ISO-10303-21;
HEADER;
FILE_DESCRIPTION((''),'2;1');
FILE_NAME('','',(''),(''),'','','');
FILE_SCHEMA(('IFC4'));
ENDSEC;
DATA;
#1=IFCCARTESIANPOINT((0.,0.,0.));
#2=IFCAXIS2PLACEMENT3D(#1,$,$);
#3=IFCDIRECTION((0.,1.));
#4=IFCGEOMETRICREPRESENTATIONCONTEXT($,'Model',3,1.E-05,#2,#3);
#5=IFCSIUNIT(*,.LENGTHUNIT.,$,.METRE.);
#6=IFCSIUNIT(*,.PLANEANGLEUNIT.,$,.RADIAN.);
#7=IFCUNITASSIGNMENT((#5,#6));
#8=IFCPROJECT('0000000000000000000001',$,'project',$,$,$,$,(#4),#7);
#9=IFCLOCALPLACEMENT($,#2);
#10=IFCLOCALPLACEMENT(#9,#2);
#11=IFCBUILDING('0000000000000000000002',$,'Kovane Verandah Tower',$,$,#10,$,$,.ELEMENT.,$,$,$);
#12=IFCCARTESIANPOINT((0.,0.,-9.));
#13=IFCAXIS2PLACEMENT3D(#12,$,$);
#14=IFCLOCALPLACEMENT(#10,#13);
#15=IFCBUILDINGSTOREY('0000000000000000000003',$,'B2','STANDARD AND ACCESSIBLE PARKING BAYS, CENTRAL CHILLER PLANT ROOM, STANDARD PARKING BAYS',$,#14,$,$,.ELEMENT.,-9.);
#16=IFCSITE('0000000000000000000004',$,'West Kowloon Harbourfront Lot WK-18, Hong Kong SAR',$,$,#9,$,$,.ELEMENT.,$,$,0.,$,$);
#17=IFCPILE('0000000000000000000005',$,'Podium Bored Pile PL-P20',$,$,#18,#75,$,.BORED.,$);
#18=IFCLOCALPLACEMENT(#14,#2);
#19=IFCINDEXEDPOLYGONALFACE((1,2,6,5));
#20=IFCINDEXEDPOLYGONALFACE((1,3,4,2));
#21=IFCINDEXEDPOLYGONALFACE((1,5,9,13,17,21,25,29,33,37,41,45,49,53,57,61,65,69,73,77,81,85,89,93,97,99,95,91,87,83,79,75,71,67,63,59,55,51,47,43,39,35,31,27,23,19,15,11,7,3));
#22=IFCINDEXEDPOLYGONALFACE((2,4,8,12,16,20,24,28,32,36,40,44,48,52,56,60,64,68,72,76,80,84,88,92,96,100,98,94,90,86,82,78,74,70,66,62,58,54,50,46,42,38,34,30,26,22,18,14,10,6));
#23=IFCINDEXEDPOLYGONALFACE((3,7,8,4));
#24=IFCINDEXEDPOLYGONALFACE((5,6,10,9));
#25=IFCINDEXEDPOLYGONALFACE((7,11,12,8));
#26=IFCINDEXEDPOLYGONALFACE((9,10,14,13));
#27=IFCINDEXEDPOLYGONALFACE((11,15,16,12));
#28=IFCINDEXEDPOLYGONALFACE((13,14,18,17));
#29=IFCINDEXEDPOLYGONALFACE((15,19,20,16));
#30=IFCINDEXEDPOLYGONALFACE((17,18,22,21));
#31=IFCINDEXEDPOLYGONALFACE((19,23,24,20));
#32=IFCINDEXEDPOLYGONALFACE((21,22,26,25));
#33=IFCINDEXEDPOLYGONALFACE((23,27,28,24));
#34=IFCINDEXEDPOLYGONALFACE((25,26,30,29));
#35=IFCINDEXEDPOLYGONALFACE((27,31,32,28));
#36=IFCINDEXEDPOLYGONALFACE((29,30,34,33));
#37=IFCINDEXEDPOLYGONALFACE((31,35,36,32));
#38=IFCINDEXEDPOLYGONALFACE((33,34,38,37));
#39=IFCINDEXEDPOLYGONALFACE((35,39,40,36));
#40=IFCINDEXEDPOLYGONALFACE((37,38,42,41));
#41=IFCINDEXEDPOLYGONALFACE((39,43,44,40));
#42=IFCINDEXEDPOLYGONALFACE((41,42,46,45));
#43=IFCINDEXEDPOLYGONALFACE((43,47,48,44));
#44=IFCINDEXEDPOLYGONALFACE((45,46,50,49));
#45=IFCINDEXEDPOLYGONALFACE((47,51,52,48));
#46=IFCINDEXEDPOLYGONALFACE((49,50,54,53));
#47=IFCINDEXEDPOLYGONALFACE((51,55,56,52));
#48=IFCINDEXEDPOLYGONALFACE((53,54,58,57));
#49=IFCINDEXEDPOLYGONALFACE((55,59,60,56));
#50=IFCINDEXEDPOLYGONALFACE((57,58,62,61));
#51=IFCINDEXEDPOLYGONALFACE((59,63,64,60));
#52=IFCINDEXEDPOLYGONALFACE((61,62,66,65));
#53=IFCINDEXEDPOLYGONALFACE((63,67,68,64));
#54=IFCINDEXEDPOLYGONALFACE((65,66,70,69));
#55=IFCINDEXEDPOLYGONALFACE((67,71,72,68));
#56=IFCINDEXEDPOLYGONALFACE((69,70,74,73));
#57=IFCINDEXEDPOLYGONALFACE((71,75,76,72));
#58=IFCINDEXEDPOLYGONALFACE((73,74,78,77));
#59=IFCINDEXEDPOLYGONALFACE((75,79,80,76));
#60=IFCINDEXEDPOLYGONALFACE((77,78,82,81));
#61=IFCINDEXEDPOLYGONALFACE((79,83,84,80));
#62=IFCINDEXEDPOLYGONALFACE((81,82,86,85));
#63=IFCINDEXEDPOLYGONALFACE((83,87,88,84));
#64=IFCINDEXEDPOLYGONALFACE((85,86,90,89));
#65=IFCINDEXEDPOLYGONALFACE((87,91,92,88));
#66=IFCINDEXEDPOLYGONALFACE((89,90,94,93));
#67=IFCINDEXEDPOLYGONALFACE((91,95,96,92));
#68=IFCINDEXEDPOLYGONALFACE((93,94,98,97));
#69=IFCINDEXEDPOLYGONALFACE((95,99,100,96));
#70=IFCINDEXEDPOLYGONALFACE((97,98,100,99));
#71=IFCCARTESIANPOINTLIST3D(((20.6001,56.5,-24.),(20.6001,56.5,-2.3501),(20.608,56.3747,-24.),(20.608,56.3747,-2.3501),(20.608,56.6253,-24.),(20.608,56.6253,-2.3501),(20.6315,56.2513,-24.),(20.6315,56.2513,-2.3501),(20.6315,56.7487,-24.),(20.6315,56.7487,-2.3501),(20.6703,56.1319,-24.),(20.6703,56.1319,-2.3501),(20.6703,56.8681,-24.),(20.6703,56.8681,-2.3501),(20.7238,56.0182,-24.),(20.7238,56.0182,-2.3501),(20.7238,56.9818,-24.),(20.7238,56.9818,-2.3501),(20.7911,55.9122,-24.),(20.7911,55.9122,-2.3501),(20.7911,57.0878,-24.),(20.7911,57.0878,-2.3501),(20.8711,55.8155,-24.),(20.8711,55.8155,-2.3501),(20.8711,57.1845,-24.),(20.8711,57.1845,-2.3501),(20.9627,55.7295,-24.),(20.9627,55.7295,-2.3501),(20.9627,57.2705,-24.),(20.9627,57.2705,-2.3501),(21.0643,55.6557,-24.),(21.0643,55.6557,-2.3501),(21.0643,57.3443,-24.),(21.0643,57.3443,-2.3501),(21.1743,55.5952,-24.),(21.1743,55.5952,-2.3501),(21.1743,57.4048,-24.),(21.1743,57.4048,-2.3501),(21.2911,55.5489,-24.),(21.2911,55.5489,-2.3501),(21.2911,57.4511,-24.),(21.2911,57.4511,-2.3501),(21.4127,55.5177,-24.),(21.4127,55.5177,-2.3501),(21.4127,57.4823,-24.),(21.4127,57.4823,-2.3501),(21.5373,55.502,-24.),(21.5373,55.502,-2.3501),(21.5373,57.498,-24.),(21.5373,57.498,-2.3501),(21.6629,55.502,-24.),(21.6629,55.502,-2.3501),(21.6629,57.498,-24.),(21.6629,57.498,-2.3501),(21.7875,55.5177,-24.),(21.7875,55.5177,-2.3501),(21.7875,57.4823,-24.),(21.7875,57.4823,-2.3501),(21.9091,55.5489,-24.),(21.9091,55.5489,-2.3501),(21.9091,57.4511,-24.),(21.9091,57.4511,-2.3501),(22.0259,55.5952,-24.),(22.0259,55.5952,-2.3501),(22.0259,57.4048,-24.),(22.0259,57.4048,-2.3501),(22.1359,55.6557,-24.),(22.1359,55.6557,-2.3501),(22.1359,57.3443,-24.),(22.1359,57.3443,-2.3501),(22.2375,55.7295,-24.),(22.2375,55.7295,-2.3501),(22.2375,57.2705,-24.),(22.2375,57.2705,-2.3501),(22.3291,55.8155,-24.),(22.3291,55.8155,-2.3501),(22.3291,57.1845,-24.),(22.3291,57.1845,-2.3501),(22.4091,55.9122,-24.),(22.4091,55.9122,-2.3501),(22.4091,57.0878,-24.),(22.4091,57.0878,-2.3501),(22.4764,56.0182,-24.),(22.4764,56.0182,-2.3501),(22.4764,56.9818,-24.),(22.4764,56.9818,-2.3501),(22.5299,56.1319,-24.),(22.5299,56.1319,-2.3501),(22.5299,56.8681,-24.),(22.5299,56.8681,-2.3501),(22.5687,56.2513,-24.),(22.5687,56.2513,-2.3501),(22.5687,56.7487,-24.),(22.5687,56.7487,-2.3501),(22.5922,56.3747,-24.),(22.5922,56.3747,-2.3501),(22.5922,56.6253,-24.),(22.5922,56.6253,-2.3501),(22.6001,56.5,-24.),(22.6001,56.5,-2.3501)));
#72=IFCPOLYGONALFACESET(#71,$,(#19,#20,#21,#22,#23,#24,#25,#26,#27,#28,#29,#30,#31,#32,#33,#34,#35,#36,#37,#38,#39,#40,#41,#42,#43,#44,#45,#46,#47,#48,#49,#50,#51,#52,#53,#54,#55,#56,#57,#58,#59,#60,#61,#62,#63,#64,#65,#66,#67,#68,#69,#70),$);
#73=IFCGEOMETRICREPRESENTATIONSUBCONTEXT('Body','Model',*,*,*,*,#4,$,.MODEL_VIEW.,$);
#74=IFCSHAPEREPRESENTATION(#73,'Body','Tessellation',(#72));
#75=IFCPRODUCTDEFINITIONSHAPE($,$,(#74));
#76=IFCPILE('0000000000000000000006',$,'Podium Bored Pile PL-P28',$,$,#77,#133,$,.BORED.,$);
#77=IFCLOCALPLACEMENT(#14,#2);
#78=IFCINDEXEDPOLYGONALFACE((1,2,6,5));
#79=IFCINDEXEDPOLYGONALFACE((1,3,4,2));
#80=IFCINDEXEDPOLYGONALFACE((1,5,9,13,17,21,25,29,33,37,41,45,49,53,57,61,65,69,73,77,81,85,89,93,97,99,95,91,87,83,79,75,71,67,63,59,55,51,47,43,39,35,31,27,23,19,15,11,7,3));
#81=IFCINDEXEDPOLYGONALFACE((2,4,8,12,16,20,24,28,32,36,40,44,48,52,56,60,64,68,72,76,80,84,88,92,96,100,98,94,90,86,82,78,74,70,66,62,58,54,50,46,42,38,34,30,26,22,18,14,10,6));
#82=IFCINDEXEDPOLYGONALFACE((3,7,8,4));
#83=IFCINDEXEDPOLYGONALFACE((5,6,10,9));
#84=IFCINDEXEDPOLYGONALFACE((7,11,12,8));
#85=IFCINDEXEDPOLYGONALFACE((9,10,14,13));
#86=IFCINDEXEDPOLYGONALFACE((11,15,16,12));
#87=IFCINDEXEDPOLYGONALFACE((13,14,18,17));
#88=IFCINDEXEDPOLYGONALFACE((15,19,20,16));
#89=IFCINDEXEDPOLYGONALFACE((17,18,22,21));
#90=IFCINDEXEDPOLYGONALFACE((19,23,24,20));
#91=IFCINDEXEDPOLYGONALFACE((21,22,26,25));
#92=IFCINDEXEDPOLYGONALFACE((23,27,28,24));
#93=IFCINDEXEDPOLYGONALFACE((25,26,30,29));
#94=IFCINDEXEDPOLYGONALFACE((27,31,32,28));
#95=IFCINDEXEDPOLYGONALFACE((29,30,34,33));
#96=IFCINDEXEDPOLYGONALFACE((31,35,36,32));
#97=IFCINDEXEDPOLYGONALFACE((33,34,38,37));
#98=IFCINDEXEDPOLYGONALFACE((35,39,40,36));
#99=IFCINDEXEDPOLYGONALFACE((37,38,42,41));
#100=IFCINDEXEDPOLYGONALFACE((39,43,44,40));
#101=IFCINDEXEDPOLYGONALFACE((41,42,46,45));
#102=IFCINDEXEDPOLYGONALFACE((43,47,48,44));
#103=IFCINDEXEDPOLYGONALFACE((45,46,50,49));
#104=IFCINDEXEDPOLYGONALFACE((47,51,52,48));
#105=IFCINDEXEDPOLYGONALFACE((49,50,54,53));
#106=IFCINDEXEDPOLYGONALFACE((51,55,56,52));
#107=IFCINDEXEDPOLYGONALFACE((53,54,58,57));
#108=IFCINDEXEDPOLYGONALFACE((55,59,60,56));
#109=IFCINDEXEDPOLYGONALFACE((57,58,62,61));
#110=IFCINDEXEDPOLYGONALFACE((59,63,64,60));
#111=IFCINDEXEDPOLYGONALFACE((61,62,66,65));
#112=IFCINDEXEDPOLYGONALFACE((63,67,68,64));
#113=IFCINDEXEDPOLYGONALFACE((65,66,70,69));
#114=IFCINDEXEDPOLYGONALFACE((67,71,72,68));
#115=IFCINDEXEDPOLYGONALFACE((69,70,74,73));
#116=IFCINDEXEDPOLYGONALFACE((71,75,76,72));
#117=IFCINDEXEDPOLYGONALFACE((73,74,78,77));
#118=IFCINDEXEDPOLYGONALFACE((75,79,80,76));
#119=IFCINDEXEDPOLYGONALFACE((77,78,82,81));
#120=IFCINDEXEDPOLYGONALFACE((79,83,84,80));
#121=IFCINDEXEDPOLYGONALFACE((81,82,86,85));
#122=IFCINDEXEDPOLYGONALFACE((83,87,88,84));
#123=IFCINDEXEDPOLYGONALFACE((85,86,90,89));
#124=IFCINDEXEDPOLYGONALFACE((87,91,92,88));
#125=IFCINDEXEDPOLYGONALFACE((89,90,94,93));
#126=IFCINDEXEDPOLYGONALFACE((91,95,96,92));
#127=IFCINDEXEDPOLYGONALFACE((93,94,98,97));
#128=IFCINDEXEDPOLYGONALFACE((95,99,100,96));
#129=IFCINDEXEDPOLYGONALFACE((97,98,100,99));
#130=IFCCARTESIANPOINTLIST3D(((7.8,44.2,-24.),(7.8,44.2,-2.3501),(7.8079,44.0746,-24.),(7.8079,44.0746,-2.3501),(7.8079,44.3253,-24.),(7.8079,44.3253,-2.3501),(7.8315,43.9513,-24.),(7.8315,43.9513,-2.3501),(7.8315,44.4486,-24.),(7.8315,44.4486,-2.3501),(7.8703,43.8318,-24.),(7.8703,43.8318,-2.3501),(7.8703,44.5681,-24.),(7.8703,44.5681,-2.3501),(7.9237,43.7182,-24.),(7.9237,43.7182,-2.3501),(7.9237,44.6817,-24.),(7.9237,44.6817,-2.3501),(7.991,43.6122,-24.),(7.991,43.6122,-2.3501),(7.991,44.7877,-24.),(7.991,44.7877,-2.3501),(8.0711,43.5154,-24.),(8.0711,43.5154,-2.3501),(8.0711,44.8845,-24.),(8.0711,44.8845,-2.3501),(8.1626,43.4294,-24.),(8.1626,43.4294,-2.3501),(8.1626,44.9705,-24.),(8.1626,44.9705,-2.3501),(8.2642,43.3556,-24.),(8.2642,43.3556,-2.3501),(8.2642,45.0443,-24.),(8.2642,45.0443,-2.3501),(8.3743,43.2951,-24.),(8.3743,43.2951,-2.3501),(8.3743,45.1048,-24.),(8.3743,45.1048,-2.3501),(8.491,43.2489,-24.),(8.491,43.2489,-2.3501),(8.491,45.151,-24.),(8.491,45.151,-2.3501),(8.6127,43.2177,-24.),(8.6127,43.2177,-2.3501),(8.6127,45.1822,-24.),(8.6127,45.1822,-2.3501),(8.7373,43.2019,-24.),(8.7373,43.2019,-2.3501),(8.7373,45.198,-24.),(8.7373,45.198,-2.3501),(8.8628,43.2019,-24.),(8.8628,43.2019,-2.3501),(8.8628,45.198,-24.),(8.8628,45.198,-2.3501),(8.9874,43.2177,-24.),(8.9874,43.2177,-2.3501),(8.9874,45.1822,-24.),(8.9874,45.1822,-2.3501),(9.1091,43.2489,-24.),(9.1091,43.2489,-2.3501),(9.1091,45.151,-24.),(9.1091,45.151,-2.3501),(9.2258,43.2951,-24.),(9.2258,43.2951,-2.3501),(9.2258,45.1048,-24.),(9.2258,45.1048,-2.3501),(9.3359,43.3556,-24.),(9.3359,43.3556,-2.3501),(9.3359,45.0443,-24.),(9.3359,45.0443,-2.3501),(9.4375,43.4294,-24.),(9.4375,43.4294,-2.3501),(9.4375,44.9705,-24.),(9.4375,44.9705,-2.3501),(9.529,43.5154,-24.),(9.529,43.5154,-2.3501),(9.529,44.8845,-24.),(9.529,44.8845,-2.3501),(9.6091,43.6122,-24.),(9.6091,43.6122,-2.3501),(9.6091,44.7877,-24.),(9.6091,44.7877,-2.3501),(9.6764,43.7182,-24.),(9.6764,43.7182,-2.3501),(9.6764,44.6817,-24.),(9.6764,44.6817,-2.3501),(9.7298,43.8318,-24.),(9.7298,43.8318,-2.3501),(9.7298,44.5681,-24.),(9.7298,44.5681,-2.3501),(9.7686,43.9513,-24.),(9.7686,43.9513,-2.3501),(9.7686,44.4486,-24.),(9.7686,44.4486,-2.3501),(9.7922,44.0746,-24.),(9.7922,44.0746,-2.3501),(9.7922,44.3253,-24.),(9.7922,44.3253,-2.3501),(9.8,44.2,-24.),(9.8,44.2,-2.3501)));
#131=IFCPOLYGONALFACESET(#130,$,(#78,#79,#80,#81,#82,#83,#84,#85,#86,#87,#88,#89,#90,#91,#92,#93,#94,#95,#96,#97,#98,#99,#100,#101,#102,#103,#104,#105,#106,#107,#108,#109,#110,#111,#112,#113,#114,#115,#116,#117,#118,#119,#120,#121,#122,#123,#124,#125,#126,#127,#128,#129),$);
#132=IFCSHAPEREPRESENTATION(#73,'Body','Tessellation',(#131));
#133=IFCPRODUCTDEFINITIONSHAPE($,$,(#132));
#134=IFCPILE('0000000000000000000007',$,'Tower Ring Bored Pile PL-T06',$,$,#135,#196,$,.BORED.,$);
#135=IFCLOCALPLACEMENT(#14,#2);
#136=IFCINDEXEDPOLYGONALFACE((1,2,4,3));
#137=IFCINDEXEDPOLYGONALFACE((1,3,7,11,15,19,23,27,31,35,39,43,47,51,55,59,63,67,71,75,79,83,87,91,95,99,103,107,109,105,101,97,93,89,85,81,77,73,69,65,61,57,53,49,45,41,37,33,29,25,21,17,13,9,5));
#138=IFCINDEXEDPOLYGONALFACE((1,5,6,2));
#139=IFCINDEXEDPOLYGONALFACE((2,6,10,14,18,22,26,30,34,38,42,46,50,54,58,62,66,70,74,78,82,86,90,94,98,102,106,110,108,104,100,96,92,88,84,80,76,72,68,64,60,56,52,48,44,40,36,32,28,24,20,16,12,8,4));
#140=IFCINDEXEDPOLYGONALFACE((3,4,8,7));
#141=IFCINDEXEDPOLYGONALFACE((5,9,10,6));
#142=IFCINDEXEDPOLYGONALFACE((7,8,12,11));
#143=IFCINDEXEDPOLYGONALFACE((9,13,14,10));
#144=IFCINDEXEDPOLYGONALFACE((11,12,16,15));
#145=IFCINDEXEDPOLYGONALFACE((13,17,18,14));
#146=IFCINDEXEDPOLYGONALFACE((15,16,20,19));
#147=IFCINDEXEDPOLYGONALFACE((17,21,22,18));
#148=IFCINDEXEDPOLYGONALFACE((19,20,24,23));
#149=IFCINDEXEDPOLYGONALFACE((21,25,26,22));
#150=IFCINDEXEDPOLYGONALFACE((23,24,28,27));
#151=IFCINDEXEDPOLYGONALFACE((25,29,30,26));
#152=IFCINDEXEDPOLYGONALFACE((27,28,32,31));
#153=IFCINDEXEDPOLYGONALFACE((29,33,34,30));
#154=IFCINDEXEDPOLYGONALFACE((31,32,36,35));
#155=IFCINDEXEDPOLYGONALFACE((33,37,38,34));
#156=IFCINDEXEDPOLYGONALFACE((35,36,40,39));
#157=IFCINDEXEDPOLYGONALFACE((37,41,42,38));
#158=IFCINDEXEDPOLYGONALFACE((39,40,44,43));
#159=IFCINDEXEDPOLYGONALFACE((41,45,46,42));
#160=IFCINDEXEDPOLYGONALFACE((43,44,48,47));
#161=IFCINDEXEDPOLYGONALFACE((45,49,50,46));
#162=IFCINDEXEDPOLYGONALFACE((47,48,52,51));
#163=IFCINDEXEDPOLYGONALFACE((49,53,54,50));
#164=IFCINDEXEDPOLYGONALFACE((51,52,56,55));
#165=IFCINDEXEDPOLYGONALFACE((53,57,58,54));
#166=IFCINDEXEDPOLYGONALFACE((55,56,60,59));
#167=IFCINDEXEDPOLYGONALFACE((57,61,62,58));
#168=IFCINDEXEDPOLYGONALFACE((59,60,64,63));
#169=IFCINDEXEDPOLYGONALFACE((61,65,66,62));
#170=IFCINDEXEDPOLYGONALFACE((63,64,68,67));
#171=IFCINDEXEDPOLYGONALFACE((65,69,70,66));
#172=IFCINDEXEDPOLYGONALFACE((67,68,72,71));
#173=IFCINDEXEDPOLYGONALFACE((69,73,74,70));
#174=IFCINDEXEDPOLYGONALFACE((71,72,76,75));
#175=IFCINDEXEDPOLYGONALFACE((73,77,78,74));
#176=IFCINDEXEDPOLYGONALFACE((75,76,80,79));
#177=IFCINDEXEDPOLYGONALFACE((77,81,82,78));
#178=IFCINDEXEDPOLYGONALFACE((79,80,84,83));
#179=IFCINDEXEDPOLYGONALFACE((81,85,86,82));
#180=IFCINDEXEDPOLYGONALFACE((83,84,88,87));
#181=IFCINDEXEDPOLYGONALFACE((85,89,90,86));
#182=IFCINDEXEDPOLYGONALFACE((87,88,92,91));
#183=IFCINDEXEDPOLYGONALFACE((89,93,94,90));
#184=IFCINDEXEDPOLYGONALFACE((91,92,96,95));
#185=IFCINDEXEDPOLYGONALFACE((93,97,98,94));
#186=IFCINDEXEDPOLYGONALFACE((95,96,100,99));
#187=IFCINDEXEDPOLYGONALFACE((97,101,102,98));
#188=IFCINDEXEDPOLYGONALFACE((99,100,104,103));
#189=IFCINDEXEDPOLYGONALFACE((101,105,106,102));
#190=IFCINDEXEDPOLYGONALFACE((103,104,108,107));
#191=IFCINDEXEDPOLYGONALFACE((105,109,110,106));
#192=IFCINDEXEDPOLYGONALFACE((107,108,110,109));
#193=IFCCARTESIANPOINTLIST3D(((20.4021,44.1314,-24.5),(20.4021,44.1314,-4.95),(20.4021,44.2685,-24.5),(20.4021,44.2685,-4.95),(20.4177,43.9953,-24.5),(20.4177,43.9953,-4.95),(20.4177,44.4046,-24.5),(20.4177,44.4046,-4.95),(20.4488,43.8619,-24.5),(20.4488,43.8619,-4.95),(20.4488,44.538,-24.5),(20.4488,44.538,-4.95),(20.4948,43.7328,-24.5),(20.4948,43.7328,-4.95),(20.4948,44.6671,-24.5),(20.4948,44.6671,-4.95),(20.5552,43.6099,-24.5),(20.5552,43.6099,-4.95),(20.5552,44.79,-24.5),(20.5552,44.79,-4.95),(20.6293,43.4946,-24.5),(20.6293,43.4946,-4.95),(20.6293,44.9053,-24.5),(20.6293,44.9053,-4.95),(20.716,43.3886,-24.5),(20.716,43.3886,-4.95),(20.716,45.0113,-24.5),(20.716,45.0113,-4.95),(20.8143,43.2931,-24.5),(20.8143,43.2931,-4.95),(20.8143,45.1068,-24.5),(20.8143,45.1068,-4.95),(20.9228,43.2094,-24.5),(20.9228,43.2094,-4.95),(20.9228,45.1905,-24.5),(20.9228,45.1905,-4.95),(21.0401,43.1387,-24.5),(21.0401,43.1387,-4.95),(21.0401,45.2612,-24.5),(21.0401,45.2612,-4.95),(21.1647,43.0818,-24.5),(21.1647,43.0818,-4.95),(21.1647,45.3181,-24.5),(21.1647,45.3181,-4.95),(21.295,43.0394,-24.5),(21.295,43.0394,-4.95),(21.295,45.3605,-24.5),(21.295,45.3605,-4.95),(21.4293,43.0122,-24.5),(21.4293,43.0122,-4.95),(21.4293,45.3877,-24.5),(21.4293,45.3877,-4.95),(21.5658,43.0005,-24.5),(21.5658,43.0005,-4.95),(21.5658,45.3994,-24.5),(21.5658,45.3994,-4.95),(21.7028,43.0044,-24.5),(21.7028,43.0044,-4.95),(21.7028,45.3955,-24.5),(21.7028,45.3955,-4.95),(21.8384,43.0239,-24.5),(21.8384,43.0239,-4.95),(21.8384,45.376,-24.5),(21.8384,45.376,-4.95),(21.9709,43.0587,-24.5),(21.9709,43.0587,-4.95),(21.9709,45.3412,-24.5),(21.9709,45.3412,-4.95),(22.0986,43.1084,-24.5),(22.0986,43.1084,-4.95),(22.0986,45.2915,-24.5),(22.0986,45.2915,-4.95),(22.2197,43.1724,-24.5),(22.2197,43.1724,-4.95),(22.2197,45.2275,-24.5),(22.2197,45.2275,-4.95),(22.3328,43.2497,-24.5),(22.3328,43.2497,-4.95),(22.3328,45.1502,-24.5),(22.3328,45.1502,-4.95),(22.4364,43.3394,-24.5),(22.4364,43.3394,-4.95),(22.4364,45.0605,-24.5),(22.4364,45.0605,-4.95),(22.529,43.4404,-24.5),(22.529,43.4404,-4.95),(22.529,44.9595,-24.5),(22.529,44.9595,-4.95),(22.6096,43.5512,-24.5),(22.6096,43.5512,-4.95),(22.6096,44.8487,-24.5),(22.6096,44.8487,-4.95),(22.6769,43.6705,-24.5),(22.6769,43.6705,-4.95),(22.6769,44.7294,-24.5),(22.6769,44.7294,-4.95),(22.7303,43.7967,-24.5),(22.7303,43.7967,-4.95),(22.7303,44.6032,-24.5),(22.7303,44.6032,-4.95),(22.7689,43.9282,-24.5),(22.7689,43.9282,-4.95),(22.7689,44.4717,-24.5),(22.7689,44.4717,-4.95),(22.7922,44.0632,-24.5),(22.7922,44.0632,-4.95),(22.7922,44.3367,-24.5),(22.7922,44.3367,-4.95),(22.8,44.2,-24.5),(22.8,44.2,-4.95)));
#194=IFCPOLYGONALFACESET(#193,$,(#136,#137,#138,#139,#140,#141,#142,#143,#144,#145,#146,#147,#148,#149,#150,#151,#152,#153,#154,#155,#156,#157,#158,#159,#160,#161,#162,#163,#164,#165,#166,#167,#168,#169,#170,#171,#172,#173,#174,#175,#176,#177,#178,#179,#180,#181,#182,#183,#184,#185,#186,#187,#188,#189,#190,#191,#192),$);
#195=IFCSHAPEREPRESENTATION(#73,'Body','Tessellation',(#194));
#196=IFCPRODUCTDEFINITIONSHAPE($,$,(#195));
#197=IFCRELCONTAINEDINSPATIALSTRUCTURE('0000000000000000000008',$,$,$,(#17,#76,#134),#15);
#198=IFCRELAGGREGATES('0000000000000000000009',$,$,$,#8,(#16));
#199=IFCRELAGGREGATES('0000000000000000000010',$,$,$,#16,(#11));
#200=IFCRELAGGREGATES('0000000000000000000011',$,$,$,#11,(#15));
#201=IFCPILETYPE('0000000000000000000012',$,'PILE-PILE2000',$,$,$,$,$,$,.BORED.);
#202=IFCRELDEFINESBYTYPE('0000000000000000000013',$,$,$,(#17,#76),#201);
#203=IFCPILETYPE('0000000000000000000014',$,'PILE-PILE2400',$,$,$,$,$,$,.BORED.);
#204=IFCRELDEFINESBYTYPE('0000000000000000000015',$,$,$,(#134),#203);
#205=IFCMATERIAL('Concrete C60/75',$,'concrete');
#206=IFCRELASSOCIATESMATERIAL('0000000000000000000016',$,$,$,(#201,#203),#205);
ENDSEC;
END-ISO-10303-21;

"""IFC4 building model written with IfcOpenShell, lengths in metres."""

from ifc_helpers import new_model, si_unit, direction, frame, origin, origin_2d, place, context, subcontext, project, spatial, circle, extrude, material, material_profile, profile_set, type_object, element, save


model = new_model("IFC4")

# Units and contexts
model_context = context("Model", 3, precision=1e-05, world=origin(), true_north=direction((0.0, 1.0)))
body_context = subcontext(model_context, "Body", "Model", "MODEL_VIEW")
ifc_project = project(units=[si_unit("LENGTHUNIT", "METRE"), si_unit("PLANEANGLEUNIT", "RADIAN")], contexts=[model_context])

# Site, building, storey
site_placement = place(None, origin())
site = spatial("IfcSite", under=ifc_project, at=site_placement, Name="West Kowloon Harbourfront Lot WK-18, Hong Kong SAR", CompositionType="ELEMENT", RefElevation=0.0)
building_placement = place(site_placement, origin())
building = spatial("IfcBuilding", under=site, at=building_placement, Name="Kovane Verandah Tower", CompositionType="ELEMENT")
storey_placement = place(building_placement, frame((0.0, 0.0, -9.0)))
storey = spatial("IfcBuildingStorey", under=building, at=storey_placement, Name="B2", Description="STANDARD AND ACCESSIBLE PARKING BAYS, CENTRAL CHILLER PLANT ROOM, STANDARD PARKING BAYS", CompositionType="ELEMENT", Elevation=-9.0)

# Shared definitions
ifc_material_1 = material(Name="Concrete C60/75", Category="concrete")

# Piles
ifc_material_profile_1 = material_profile(ifc_material_1, circle(Radius=1.0, at=origin_2d()), Name="PILE2000")
ifc_profile_set_1 = profile_set([ifc_material_profile_1], Name="Concrete C60/75")
pile_type_1 = type_object("IfcPileType", Name="PILE-PILE2000", PredefinedType="BORED", material=ifc_profile_set_1)
for number, where, z_axis, x_axis, name in (
    (1, (21.6001, 56.5, -2.3501), (0.0, 0.0, -1.0), (1.0, 0.0, 0.0), "Podium Bored Pile PL-P20"),
    (2, (8.8, 44.2, -2.3501), (0.0, 0.0, -1.0), (1.0, 0.0, 0.0), "Podium Bored Pile PL-P28"),
):
    element("IfcPile", number, at=place(storey_placement, frame(where, z_axis=z_axis, x_axis=x_axis)), inside=storey, type_object=pile_type_1, Name=name, PredefinedType="BORED", context=body_context, shape_type="SweptSolid", body=[
        extrude(circle(Radius=1.0, at=origin_2d()), origin(), (0.0, 0.0, 1.0), 21.6499),
    ])
ifc_material_profile_2 = material_profile(ifc_material_1, circle(Radius=1.2, at=origin_2d()), Name="PILE2400")
ifc_profile_set_2 = profile_set([ifc_material_profile_2], Name="Concrete C60/75")
pile_type_2 = type_object("IfcPileType", Name="PILE-PILE2400", PredefinedType="BORED", material=ifc_profile_set_2)
pile_placement = place(storey_placement, frame((21.6001, 44.2, -4.95), z_axis=(0.0, 0.0, -1.0), x_axis=(1.0, 0.0, 0.0)))
element("IfcPile", 3, at=pile_placement, inside=storey, type_object=pile_type_2, Name="Tower Ring Bored Pile PL-T06", PredefinedType="BORED", context=body_context, shape_type="SweptSolid", body=[
    extrude(circle(Radius=1.2, at=origin_2d()), origin(), (0.0, 0.0, 1.0), 19.55),
])

save(model, "model.ifc")
